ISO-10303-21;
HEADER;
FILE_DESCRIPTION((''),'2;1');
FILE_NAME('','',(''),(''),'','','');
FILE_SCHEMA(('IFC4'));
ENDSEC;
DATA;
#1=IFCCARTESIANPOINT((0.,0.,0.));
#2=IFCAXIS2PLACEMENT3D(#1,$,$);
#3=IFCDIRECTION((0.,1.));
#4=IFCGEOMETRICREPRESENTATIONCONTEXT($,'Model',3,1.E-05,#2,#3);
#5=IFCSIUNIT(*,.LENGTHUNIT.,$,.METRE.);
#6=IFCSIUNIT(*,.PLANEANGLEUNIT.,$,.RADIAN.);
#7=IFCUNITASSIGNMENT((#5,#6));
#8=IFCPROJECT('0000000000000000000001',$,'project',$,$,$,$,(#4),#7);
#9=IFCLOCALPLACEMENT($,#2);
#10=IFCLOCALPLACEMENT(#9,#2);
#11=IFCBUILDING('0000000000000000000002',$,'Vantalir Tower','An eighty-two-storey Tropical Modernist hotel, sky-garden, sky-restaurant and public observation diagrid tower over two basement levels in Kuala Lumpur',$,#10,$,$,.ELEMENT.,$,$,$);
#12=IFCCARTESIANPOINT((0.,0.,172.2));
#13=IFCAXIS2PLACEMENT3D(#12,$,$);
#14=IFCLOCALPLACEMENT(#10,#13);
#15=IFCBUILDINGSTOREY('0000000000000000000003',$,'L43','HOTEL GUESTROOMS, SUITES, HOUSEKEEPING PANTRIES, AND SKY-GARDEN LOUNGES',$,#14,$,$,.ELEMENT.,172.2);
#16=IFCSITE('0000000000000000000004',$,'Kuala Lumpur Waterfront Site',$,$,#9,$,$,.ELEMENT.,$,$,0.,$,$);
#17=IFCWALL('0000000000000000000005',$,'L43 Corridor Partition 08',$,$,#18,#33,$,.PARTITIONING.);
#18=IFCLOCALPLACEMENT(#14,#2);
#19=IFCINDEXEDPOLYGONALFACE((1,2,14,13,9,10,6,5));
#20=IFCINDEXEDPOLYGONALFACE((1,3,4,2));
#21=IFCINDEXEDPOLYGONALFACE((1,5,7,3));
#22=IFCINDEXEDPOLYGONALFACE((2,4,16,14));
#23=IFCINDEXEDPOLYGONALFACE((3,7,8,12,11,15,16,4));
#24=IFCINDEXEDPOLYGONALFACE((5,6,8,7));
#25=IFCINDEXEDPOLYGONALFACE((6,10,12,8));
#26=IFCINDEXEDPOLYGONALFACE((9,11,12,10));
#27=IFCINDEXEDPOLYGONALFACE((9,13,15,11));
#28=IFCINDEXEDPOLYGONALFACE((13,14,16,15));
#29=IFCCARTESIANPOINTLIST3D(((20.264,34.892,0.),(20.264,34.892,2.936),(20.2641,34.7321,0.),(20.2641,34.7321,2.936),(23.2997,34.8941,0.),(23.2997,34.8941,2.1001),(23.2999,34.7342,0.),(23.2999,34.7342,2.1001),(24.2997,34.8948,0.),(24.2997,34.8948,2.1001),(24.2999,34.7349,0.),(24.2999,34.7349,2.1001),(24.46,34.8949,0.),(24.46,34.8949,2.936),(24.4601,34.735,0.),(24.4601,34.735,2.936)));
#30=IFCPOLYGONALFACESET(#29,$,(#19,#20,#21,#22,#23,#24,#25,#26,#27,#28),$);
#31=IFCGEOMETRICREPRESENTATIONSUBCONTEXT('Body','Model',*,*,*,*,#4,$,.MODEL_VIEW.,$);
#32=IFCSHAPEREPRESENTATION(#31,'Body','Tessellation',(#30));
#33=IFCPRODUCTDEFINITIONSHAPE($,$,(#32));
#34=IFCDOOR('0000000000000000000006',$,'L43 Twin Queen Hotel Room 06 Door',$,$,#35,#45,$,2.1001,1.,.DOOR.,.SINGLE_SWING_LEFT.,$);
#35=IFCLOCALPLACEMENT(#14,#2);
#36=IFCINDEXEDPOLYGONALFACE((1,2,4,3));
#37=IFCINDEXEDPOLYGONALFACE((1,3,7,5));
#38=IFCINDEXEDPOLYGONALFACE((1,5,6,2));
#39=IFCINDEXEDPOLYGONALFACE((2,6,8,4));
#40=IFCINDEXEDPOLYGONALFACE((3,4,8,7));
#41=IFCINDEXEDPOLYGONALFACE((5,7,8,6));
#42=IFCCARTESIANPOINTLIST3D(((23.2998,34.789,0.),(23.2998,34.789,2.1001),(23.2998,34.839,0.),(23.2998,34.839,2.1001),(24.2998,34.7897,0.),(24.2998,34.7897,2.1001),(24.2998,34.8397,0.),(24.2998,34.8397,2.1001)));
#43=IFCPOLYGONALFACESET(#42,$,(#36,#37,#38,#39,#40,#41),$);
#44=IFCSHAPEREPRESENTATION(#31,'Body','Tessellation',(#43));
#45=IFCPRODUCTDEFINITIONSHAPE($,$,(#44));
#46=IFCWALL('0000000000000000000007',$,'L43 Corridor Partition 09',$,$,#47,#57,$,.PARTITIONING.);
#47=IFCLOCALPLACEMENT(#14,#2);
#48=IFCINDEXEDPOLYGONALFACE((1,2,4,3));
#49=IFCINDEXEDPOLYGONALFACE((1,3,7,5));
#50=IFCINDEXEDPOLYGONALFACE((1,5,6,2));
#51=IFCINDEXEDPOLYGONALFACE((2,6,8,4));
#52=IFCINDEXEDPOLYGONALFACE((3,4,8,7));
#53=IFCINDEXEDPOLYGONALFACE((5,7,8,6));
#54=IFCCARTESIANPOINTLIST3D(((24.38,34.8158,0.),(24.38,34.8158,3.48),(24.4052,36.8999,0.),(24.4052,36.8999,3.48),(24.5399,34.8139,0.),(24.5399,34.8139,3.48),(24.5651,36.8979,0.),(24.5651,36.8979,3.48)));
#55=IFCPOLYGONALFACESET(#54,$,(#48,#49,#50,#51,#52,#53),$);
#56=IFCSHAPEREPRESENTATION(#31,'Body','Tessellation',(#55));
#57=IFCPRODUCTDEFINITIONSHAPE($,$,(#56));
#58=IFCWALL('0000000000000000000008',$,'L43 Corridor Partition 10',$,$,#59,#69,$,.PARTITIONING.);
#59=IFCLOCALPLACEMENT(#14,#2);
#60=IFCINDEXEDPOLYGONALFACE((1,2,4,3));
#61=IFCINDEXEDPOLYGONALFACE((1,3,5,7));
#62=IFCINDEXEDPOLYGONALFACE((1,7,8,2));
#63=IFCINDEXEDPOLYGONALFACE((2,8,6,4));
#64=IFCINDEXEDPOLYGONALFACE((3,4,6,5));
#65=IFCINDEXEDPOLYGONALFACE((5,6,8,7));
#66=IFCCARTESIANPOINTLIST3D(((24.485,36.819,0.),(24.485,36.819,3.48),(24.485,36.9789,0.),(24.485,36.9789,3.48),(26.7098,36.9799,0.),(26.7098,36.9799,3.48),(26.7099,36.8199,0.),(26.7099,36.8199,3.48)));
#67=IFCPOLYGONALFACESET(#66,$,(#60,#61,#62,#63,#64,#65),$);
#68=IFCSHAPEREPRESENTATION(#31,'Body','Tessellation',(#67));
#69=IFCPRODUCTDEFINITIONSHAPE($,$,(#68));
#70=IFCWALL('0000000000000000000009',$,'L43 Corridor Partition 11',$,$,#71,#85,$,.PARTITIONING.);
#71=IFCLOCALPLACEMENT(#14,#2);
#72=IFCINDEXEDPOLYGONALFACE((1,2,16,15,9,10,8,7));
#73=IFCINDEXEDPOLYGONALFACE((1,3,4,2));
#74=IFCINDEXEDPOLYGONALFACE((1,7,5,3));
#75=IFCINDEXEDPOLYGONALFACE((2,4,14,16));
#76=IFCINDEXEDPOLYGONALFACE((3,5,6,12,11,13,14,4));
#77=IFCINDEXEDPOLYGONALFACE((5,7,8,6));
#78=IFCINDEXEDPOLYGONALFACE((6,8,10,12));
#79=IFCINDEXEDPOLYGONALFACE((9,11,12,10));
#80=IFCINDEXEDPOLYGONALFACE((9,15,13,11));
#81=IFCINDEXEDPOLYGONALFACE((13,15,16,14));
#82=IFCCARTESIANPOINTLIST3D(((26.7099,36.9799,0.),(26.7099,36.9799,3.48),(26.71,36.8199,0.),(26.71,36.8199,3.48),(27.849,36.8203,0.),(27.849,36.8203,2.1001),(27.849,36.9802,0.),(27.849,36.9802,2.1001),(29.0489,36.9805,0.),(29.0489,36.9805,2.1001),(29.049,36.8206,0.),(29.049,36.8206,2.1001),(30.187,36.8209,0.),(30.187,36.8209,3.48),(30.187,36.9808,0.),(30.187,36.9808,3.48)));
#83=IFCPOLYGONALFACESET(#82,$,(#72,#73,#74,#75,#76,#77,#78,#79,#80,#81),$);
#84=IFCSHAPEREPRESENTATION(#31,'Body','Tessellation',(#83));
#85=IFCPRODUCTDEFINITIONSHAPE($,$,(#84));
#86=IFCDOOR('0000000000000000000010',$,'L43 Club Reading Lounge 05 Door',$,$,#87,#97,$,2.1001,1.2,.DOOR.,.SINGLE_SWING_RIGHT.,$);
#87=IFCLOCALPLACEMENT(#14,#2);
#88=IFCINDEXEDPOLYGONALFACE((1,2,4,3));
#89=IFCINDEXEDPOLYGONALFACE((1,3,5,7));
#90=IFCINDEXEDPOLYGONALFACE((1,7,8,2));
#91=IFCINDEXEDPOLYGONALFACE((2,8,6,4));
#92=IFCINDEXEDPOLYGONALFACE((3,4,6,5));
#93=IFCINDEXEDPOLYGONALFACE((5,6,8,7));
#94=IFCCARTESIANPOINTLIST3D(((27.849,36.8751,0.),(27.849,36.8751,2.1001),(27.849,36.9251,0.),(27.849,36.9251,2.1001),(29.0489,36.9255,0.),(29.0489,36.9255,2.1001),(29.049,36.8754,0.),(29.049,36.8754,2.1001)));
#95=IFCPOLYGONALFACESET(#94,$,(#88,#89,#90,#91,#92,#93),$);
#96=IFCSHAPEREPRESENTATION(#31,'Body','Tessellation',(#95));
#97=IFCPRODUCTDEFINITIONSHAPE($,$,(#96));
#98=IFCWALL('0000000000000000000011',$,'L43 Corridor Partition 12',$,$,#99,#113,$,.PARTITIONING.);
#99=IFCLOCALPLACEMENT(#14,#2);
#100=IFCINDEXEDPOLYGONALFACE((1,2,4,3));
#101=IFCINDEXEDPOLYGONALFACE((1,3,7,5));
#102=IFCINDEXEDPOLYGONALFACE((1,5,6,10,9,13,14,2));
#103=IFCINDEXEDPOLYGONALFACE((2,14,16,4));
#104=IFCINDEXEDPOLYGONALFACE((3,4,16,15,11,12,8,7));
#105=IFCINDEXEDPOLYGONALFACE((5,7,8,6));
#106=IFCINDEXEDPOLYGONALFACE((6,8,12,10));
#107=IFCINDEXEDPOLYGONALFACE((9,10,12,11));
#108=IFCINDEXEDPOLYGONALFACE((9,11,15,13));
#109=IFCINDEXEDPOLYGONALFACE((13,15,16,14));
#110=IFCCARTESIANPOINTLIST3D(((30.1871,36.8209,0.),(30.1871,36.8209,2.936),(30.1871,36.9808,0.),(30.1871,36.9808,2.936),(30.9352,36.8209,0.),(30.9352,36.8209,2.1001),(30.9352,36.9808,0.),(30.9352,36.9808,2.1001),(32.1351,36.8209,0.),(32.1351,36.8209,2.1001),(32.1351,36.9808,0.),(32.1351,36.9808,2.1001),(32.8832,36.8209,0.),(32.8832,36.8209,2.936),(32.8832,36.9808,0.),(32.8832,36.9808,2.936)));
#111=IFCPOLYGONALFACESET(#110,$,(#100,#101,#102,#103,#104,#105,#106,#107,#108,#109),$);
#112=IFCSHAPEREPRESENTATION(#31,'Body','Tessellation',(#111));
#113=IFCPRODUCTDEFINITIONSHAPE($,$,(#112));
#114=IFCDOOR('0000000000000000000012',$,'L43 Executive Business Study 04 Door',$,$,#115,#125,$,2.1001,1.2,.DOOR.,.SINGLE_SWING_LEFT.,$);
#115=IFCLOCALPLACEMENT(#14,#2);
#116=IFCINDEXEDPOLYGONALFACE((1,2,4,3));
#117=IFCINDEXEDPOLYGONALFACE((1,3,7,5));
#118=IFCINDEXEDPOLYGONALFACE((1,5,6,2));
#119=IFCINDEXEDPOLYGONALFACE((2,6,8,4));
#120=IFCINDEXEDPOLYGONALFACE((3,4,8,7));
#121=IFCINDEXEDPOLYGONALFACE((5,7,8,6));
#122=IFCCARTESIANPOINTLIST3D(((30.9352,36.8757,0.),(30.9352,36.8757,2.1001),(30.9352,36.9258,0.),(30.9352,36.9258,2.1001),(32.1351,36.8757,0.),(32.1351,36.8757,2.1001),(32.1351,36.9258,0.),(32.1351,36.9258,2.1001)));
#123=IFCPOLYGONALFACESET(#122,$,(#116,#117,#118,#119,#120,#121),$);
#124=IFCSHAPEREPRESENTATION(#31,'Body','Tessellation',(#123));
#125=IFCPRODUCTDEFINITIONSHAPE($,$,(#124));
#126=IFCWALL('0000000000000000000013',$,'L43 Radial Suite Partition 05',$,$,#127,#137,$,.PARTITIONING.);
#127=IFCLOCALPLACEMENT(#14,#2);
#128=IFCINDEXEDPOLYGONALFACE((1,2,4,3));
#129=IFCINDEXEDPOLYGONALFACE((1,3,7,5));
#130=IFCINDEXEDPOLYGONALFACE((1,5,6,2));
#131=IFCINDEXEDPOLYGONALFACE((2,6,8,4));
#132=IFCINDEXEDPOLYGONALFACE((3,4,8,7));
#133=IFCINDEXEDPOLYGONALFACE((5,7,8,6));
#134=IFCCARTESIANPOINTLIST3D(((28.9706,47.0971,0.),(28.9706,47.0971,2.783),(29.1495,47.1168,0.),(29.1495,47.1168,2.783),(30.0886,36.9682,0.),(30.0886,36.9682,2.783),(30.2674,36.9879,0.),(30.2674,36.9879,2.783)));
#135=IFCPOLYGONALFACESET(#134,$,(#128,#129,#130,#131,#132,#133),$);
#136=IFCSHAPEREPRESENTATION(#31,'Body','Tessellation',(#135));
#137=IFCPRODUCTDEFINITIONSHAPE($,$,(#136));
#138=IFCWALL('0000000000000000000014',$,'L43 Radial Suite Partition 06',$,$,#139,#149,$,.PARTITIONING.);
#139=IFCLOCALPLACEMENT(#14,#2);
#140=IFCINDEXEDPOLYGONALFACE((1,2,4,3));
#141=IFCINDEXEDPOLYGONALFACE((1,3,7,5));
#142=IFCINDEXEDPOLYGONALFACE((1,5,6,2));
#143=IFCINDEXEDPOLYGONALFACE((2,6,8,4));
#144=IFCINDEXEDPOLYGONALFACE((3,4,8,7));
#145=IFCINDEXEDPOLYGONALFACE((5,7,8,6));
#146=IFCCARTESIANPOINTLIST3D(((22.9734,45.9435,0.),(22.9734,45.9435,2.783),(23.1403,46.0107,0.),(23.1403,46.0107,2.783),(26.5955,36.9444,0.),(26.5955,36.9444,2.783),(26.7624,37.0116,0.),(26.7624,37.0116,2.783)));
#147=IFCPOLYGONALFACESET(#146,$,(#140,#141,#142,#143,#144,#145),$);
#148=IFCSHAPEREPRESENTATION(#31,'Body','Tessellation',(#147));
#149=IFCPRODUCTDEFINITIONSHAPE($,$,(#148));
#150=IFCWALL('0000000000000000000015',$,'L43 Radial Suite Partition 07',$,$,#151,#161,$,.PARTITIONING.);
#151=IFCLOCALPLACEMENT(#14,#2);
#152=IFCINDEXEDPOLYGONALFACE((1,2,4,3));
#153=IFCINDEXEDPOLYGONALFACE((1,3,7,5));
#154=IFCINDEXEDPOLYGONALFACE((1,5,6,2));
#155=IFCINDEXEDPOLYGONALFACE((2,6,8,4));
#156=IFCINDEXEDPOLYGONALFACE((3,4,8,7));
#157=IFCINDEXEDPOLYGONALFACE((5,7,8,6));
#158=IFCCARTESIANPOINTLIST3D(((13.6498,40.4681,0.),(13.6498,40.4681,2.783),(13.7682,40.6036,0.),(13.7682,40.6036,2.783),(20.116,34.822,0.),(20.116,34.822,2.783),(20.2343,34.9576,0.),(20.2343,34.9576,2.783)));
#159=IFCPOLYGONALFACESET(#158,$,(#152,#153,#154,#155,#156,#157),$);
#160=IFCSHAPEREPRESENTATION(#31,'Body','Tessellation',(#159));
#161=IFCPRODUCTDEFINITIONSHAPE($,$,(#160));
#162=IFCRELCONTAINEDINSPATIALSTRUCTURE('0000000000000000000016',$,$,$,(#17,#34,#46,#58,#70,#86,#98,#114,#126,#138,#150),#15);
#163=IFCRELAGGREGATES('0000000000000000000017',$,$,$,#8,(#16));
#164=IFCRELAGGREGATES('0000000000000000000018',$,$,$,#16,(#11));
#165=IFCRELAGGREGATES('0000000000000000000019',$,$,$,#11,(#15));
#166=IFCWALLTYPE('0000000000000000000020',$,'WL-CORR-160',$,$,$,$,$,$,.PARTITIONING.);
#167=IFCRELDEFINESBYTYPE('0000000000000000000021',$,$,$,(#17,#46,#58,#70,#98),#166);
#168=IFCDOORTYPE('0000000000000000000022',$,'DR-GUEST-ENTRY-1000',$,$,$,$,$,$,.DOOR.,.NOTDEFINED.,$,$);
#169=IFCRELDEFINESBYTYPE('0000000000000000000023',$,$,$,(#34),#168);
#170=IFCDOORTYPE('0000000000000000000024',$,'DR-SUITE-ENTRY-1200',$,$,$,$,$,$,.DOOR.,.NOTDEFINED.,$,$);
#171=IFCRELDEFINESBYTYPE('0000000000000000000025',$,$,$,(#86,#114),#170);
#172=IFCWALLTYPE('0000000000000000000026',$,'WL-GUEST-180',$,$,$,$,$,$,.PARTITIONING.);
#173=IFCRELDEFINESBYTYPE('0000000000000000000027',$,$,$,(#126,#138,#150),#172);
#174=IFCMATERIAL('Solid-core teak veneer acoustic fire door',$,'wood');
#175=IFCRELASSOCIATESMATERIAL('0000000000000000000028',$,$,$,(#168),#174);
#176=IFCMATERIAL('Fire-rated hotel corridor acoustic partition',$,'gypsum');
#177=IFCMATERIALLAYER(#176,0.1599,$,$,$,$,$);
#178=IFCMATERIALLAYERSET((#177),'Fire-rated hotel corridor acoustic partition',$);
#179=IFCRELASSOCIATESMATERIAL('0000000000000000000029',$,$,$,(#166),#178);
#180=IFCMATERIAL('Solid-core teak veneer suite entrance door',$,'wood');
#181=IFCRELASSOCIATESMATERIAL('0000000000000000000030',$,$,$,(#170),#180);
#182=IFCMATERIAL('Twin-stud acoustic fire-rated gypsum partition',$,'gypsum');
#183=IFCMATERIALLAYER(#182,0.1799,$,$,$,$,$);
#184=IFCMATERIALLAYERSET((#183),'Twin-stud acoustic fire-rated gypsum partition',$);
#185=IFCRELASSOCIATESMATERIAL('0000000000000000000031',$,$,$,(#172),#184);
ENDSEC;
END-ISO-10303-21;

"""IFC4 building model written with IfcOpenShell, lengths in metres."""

from ifc_helpers import new_model, si_unit, direction, frame, frame_2d, origin, place, context, subcontext, project, spatial, rectangle, extrude, material, layer, layer_set, type_object, element, fill, save


model = new_model("IFC4")

# Units and contexts
model_context = context("Model", 3, precision=1e-05, world=origin(), true_north=direction((0.0, 1.0)))
body_context = subcontext(model_context, "Body", "Model", "MODEL_VIEW")
ifc_project = project(units=[si_unit("LENGTHUNIT", "METRE"), si_unit("PLANEANGLEUNIT", "RADIAN")], contexts=[model_context])

# Site, building, storey
site_placement = place(None, origin())
site = spatial("IfcSite", under=ifc_project, at=site_placement, Name="Kuala Lumpur Waterfront Site", CompositionType="ELEMENT", RefElevation=0.0)
building_placement = place(site_placement, origin())
building = spatial("IfcBuilding", under=site, at=building_placement, Name="Vantalir Tower", Description="An eighty-two-storey Tropical Modernist hotel, sky-garden, sky-restaurant and public observation diagrid tower over two basement levels in Kuala Lumpur", CompositionType="ELEMENT")
storey_placement = place(building_placement, frame((0.0, 0.0, 172.2)))
storey = spatial("IfcBuildingStorey", under=building, at=storey_placement, Name="L43", Description="HOTEL GUESTROOMS, SUITES, HOUSEKEEPING PANTRIES, AND SKY-GARDEN LOUNGES", CompositionType="ELEMENT", Elevation=172.2)

# Shared definitions
ifc_material_1 = material(Name="Solid-core teak veneer acoustic fire door", Category="wood")
door_type_1 = type_object("IfcDoorType", Name="DR-GUEST-ENTRY-1000", OperationType="NOTDEFINED", PredefinedType="DOOR", material=ifc_material_1)

# Shared definitions
ifc_material_2 = material(Name="Fire-rated hotel corridor acoustic partition", Category="gypsum")
ifc_layer_1 = layer(ifc_material_2, 0.1599)
ifc_layer_set_1 = layer_set([ifc_layer_1], Name="Fire-rated hotel corridor acoustic partition")
wall_type_1 = type_object("IfcWallType", Name="WL-CORR-160", PredefinedType="PARTITIONING", material=ifc_layer_set_1)

# Wall, opening, door
wall_1_placement = place(storey_placement, frame((20.2639, 34.812, 0.0), z_axis=(0.0, 0.0, 1.0), x_axis=(1.0, 0.000698, 0.0)))
wall_1 = element("IfcWall", 1, at=wall_1_placement, inside=storey, type_object=wall_type_1, Name="L43 Corridor Partition 08", PredefinedType="PARTITIONING", context=body_context, shape_type="SweptSolid", body=[
    extrude(rectangle(XDim=4.196, YDim=0.1599, at=frame_2d((2.0981, 0.0))), origin(), (0.0, 0.0, 1.0), 2.936),
])
opening_1_placement = place(wall_1_placement, frame((3.0359, 0.0, 0.0)))
opening_1 = element("IfcOpeningElement", 2, at=opening_1_placement, cuts=wall_1, PredefinedType="OPENING", context=body_context, shape_type="SweptSolid", body=[
    extrude(rectangle(XDim=1.0, YDim=2.1001, at=frame_2d((0.5, 1.05))), frame((0.0, 0.0898, 0.0), z_axis=(0.0, -1.0, 0.0), x_axis=(1.0, 0.0, 0.0)), (0.0, 0.0, 1.0), 0.1799),
])
door_1_placement = place(opening_1_placement, origin())
door_1 = element("IfcDoor", 3, at=door_1_placement, inside=storey, type_object=door_type_1, Name="L43 Twin Queen Hotel Room 06 Door", OperationType="SINGLE_SWING_LEFT", OverallHeight=2.1001, OverallWidth=1.0, PredefinedType="DOOR", context=body_context, shape_type="SweptSolid", body=[
    extrude(rectangle(XDim=1.0, YDim=2.1001, at=frame_2d((0.5, 1.05))), frame((0.0, 0.0249, 0.0), z_axis=(0.0, -1.0, 0.0), x_axis=(1.0, 0.0, 0.0)), (0.0, 0.0, 1.0), 0.05),
])
fill(opening_1, door_1)

# Walls
wall_2_placement = place(storey_placement, frame((24.46, 34.8149, 0.0), z_axis=(0.0, 0.0, 1.0), x_axis=(0.012066, 0.999927, 0.0)))
element("IfcWall", 4, at=wall_2_placement, inside=storey, type_object=wall_type_1, Name="L43 Corridor Partition 09", PredefinedType="PARTITIONING", context=body_context, shape_type="SweptSolid", body=[
    extrude(rectangle(XDim=2.0842, YDim=0.1599, at=frame_2d((1.042, 0.0))), origin(), (0.0, 0.0, 1.0), 3.48),
])
wall_3_placement = place(storey_placement, frame((24.4851, 36.8989, 0.0), z_axis=(0.0, 0.0, 1.0), x_axis=(1.0, 0.000439, 0.0)))
element("IfcWall", 5, at=wall_3_placement, inside=storey, type_object=wall_type_1, Name="L43 Corridor Partition 10", PredefinedType="PARTITIONING", context=body_context, shape_type="SweptSolid", body=[
    extrude(rectangle(XDim=2.2249, YDim=0.1599, at=frame_2d((1.1123, 0.0))), origin(), (0.0, 0.0, 1.0), 3.48),
])

# Walls, openings, doors
wall_4_placement = place(storey_placement, frame((26.71, 36.8999, 0.0), z_axis=(0.0, 0.0, 1.0), x_axis=(1.0, 0.000281, 0.0)))
wall_4 = element("IfcWall", 6, at=wall_4_placement, inside=storey, type_object=wall_type_1, Name="L43 Corridor Partition 11", PredefinedType="PARTITIONING", context=body_context, shape_type="SweptSolid", body=[
    extrude(rectangle(XDim=3.4771, YDim=0.1599, at=frame_2d((1.7385, 0.0))), origin(), (0.0, 0.0, 1.0), 3.48),
])
opening_2_placement = place(wall_4_placement, frame((1.1389, 0.0, 0.0)))
opening_2 = element("IfcOpeningElement", 7, at=opening_2_placement, cuts=wall_4, PredefinedType="OPENING", context=body_context, shape_type="SweptSolid", body=[
    extrude(rectangle(XDim=1.2, YDim=2.1001, at=frame_2d((0.6001, 1.05))), frame((0.0, 0.0898, 0.0), z_axis=(0.0, -1.0, 0.0), x_axis=(1.0, 0.0, 0.0)), (0.0, 0.0, 1.0), 0.1799),
])
ifc_material_3 = material(Name="Solid-core teak veneer suite entrance door", Category="wood")
door_type_2 = type_object("IfcDoorType", Name="DR-SUITE-ENTRY-1200", OperationType="NOTDEFINED", PredefinedType="DOOR", material=ifc_material_3)
door_2_placement = place(opening_2_placement, origin())
door_2 = element("IfcDoor", 8, at=door_2_placement, inside=storey, type_object=door_type_2, Name="L43 Club Reading Lounge 05 Door", OperationType="SINGLE_SWING_RIGHT", OverallHeight=2.1001, OverallWidth=1.2, PredefinedType="DOOR", context=body_context, shape_type="SweptSolid", body=[
    extrude(rectangle(XDim=1.2, YDim=2.1001, at=frame_2d((0.6001, 1.05))), frame((0.0, 0.0249, 0.0), z_axis=(0.0, -1.0, 0.0), x_axis=(1.0, 0.0, 0.0)), (0.0, 0.0, 1.0), 0.05),
])
fill(opening_2, door_2)
wall_5_placement = place(storey_placement, frame((30.187, 36.9009, 0.0), z_axis=(0.0, 0.0, 1.0), x_axis=(1.0, 0.0, 0.0)))
wall_5 = element("IfcWall", 9, at=wall_5_placement, inside=storey, type_object=wall_type_1, Name="L43 Corridor Partition 12", PredefinedType="PARTITIONING", context=body_context, shape_type="SweptSolid", body=[
    extrude(rectangle(XDim=2.696, YDim=0.1599, at=frame_2d((1.3481, 0.0))), origin(), (0.0, 0.0, 1.0), 2.936),
])
opening_3_placement = place(wall_5_placement, frame((0.748, 0.0, 0.0)))
opening_3 = element("IfcOpeningElement", 10, at=opening_3_placement, cuts=wall_5, PredefinedType="OPENING", context=body_context, shape_type="SweptSolid", body=[
    extrude(rectangle(XDim=1.2, YDim=2.1001, at=frame_2d((0.6001, 1.05))), frame((0.0, 0.0898, 0.0), z_axis=(0.0, -1.0, 0.0), x_axis=(1.0, 0.0, 0.0)), (0.0, 0.0, 1.0), 0.1799),
])
door_3_placement = place(opening_3_placement, origin())
door_3 = element("IfcDoor", 11, at=door_3_placement, inside=storey, type_object=door_type_2, Name="L43 Executive Business Study 04 Door", OperationType="SINGLE_SWING_LEFT", OverallHeight=2.1001, OverallWidth=1.2, PredefinedType="DOOR", context=body_context, shape_type="SweptSolid", body=[
    extrude(rectangle(XDim=1.2, YDim=2.1001, at=frame_2d((0.6001, 1.05))), frame((0.0, 0.0249, 0.0), z_axis=(0.0, -1.0, 0.0), x_axis=(1.0, 0.0, 0.0)), (0.0, 0.0, 1.0), 0.05),
])
fill(opening_3, door_3)

# Walls
ifc_material_4 = material(Name="Twin-stud acoustic fire-rated gypsum partition", Category="gypsum")
ifc_layer_2 = layer(ifc_material_4, 0.1799)
ifc_layer_set_2 = layer_set([ifc_layer_2], Name="Twin-stud acoustic fire-rated gypsum partition")
wall_type_2 = type_object("IfcWallType", Name="WL-GUEST-180", PredefinedType="PARTITIONING", material=ifc_layer_set_2)
wall_6_placement = place(storey_placement, frame((30.178, 36.978, 0.0), z_axis=(0.0, 0.0, 1.0), x_axis=(-0.109703, 0.993964, 0.0)))
element("IfcWall", 12, at=wall_6_placement, inside=storey, type_object=wall_type_2, Name="L43 Radial Suite Partition 05", PredefinedType="PARTITIONING", context=body_context, shape_type="SweptSolid", body=[
    extrude(rectangle(XDim=10.1904, YDim=0.1799, at=frame_2d((5.0952, 0.0))), origin(), (0.0, 0.0, 1.0), 2.783),
])
wall_7_placement = place(storey_placement, frame((26.679, 36.978, 0.0), z_axis=(0.0, 0.0, 1.0), x_axis=(-0.373386, 0.927676, 0.0)))
element("IfcWall", 13, at=wall_7_placement, inside=storey, type_object=wall_type_2, Name="L43 Radial Suite Partition 06", PredefinedType="PARTITIONING", context=body_context, shape_type="SweptSolid", body=[
    extrude(rectangle(XDim=9.7007, YDim=0.1799, at=frame_2d((4.8503, 0.0))), origin(), (0.0, 0.0, 1.0), 2.783),
])
wall_8_placement = place(storey_placement, frame((20.175, 34.8899, 0.0), z_axis=(0.0, 0.0, 1.0), x_axis=(-0.753258, 0.657725, 0.0)))
element("IfcWall", 14, at=wall_8_placement, inside=storey, type_object=wall_type_2, Name="L43 Radial Suite Partition 07", PredefinedType="PARTITIONING", context=body_context, shape_type="SweptSolid", body=[
    extrude(rectangle(XDim=8.5842, YDim=0.1799, at=frame_2d((4.292, 0.0))), origin(), (0.0, 0.0, 1.0), 2.783),
])

save(model, "model.ifc")
